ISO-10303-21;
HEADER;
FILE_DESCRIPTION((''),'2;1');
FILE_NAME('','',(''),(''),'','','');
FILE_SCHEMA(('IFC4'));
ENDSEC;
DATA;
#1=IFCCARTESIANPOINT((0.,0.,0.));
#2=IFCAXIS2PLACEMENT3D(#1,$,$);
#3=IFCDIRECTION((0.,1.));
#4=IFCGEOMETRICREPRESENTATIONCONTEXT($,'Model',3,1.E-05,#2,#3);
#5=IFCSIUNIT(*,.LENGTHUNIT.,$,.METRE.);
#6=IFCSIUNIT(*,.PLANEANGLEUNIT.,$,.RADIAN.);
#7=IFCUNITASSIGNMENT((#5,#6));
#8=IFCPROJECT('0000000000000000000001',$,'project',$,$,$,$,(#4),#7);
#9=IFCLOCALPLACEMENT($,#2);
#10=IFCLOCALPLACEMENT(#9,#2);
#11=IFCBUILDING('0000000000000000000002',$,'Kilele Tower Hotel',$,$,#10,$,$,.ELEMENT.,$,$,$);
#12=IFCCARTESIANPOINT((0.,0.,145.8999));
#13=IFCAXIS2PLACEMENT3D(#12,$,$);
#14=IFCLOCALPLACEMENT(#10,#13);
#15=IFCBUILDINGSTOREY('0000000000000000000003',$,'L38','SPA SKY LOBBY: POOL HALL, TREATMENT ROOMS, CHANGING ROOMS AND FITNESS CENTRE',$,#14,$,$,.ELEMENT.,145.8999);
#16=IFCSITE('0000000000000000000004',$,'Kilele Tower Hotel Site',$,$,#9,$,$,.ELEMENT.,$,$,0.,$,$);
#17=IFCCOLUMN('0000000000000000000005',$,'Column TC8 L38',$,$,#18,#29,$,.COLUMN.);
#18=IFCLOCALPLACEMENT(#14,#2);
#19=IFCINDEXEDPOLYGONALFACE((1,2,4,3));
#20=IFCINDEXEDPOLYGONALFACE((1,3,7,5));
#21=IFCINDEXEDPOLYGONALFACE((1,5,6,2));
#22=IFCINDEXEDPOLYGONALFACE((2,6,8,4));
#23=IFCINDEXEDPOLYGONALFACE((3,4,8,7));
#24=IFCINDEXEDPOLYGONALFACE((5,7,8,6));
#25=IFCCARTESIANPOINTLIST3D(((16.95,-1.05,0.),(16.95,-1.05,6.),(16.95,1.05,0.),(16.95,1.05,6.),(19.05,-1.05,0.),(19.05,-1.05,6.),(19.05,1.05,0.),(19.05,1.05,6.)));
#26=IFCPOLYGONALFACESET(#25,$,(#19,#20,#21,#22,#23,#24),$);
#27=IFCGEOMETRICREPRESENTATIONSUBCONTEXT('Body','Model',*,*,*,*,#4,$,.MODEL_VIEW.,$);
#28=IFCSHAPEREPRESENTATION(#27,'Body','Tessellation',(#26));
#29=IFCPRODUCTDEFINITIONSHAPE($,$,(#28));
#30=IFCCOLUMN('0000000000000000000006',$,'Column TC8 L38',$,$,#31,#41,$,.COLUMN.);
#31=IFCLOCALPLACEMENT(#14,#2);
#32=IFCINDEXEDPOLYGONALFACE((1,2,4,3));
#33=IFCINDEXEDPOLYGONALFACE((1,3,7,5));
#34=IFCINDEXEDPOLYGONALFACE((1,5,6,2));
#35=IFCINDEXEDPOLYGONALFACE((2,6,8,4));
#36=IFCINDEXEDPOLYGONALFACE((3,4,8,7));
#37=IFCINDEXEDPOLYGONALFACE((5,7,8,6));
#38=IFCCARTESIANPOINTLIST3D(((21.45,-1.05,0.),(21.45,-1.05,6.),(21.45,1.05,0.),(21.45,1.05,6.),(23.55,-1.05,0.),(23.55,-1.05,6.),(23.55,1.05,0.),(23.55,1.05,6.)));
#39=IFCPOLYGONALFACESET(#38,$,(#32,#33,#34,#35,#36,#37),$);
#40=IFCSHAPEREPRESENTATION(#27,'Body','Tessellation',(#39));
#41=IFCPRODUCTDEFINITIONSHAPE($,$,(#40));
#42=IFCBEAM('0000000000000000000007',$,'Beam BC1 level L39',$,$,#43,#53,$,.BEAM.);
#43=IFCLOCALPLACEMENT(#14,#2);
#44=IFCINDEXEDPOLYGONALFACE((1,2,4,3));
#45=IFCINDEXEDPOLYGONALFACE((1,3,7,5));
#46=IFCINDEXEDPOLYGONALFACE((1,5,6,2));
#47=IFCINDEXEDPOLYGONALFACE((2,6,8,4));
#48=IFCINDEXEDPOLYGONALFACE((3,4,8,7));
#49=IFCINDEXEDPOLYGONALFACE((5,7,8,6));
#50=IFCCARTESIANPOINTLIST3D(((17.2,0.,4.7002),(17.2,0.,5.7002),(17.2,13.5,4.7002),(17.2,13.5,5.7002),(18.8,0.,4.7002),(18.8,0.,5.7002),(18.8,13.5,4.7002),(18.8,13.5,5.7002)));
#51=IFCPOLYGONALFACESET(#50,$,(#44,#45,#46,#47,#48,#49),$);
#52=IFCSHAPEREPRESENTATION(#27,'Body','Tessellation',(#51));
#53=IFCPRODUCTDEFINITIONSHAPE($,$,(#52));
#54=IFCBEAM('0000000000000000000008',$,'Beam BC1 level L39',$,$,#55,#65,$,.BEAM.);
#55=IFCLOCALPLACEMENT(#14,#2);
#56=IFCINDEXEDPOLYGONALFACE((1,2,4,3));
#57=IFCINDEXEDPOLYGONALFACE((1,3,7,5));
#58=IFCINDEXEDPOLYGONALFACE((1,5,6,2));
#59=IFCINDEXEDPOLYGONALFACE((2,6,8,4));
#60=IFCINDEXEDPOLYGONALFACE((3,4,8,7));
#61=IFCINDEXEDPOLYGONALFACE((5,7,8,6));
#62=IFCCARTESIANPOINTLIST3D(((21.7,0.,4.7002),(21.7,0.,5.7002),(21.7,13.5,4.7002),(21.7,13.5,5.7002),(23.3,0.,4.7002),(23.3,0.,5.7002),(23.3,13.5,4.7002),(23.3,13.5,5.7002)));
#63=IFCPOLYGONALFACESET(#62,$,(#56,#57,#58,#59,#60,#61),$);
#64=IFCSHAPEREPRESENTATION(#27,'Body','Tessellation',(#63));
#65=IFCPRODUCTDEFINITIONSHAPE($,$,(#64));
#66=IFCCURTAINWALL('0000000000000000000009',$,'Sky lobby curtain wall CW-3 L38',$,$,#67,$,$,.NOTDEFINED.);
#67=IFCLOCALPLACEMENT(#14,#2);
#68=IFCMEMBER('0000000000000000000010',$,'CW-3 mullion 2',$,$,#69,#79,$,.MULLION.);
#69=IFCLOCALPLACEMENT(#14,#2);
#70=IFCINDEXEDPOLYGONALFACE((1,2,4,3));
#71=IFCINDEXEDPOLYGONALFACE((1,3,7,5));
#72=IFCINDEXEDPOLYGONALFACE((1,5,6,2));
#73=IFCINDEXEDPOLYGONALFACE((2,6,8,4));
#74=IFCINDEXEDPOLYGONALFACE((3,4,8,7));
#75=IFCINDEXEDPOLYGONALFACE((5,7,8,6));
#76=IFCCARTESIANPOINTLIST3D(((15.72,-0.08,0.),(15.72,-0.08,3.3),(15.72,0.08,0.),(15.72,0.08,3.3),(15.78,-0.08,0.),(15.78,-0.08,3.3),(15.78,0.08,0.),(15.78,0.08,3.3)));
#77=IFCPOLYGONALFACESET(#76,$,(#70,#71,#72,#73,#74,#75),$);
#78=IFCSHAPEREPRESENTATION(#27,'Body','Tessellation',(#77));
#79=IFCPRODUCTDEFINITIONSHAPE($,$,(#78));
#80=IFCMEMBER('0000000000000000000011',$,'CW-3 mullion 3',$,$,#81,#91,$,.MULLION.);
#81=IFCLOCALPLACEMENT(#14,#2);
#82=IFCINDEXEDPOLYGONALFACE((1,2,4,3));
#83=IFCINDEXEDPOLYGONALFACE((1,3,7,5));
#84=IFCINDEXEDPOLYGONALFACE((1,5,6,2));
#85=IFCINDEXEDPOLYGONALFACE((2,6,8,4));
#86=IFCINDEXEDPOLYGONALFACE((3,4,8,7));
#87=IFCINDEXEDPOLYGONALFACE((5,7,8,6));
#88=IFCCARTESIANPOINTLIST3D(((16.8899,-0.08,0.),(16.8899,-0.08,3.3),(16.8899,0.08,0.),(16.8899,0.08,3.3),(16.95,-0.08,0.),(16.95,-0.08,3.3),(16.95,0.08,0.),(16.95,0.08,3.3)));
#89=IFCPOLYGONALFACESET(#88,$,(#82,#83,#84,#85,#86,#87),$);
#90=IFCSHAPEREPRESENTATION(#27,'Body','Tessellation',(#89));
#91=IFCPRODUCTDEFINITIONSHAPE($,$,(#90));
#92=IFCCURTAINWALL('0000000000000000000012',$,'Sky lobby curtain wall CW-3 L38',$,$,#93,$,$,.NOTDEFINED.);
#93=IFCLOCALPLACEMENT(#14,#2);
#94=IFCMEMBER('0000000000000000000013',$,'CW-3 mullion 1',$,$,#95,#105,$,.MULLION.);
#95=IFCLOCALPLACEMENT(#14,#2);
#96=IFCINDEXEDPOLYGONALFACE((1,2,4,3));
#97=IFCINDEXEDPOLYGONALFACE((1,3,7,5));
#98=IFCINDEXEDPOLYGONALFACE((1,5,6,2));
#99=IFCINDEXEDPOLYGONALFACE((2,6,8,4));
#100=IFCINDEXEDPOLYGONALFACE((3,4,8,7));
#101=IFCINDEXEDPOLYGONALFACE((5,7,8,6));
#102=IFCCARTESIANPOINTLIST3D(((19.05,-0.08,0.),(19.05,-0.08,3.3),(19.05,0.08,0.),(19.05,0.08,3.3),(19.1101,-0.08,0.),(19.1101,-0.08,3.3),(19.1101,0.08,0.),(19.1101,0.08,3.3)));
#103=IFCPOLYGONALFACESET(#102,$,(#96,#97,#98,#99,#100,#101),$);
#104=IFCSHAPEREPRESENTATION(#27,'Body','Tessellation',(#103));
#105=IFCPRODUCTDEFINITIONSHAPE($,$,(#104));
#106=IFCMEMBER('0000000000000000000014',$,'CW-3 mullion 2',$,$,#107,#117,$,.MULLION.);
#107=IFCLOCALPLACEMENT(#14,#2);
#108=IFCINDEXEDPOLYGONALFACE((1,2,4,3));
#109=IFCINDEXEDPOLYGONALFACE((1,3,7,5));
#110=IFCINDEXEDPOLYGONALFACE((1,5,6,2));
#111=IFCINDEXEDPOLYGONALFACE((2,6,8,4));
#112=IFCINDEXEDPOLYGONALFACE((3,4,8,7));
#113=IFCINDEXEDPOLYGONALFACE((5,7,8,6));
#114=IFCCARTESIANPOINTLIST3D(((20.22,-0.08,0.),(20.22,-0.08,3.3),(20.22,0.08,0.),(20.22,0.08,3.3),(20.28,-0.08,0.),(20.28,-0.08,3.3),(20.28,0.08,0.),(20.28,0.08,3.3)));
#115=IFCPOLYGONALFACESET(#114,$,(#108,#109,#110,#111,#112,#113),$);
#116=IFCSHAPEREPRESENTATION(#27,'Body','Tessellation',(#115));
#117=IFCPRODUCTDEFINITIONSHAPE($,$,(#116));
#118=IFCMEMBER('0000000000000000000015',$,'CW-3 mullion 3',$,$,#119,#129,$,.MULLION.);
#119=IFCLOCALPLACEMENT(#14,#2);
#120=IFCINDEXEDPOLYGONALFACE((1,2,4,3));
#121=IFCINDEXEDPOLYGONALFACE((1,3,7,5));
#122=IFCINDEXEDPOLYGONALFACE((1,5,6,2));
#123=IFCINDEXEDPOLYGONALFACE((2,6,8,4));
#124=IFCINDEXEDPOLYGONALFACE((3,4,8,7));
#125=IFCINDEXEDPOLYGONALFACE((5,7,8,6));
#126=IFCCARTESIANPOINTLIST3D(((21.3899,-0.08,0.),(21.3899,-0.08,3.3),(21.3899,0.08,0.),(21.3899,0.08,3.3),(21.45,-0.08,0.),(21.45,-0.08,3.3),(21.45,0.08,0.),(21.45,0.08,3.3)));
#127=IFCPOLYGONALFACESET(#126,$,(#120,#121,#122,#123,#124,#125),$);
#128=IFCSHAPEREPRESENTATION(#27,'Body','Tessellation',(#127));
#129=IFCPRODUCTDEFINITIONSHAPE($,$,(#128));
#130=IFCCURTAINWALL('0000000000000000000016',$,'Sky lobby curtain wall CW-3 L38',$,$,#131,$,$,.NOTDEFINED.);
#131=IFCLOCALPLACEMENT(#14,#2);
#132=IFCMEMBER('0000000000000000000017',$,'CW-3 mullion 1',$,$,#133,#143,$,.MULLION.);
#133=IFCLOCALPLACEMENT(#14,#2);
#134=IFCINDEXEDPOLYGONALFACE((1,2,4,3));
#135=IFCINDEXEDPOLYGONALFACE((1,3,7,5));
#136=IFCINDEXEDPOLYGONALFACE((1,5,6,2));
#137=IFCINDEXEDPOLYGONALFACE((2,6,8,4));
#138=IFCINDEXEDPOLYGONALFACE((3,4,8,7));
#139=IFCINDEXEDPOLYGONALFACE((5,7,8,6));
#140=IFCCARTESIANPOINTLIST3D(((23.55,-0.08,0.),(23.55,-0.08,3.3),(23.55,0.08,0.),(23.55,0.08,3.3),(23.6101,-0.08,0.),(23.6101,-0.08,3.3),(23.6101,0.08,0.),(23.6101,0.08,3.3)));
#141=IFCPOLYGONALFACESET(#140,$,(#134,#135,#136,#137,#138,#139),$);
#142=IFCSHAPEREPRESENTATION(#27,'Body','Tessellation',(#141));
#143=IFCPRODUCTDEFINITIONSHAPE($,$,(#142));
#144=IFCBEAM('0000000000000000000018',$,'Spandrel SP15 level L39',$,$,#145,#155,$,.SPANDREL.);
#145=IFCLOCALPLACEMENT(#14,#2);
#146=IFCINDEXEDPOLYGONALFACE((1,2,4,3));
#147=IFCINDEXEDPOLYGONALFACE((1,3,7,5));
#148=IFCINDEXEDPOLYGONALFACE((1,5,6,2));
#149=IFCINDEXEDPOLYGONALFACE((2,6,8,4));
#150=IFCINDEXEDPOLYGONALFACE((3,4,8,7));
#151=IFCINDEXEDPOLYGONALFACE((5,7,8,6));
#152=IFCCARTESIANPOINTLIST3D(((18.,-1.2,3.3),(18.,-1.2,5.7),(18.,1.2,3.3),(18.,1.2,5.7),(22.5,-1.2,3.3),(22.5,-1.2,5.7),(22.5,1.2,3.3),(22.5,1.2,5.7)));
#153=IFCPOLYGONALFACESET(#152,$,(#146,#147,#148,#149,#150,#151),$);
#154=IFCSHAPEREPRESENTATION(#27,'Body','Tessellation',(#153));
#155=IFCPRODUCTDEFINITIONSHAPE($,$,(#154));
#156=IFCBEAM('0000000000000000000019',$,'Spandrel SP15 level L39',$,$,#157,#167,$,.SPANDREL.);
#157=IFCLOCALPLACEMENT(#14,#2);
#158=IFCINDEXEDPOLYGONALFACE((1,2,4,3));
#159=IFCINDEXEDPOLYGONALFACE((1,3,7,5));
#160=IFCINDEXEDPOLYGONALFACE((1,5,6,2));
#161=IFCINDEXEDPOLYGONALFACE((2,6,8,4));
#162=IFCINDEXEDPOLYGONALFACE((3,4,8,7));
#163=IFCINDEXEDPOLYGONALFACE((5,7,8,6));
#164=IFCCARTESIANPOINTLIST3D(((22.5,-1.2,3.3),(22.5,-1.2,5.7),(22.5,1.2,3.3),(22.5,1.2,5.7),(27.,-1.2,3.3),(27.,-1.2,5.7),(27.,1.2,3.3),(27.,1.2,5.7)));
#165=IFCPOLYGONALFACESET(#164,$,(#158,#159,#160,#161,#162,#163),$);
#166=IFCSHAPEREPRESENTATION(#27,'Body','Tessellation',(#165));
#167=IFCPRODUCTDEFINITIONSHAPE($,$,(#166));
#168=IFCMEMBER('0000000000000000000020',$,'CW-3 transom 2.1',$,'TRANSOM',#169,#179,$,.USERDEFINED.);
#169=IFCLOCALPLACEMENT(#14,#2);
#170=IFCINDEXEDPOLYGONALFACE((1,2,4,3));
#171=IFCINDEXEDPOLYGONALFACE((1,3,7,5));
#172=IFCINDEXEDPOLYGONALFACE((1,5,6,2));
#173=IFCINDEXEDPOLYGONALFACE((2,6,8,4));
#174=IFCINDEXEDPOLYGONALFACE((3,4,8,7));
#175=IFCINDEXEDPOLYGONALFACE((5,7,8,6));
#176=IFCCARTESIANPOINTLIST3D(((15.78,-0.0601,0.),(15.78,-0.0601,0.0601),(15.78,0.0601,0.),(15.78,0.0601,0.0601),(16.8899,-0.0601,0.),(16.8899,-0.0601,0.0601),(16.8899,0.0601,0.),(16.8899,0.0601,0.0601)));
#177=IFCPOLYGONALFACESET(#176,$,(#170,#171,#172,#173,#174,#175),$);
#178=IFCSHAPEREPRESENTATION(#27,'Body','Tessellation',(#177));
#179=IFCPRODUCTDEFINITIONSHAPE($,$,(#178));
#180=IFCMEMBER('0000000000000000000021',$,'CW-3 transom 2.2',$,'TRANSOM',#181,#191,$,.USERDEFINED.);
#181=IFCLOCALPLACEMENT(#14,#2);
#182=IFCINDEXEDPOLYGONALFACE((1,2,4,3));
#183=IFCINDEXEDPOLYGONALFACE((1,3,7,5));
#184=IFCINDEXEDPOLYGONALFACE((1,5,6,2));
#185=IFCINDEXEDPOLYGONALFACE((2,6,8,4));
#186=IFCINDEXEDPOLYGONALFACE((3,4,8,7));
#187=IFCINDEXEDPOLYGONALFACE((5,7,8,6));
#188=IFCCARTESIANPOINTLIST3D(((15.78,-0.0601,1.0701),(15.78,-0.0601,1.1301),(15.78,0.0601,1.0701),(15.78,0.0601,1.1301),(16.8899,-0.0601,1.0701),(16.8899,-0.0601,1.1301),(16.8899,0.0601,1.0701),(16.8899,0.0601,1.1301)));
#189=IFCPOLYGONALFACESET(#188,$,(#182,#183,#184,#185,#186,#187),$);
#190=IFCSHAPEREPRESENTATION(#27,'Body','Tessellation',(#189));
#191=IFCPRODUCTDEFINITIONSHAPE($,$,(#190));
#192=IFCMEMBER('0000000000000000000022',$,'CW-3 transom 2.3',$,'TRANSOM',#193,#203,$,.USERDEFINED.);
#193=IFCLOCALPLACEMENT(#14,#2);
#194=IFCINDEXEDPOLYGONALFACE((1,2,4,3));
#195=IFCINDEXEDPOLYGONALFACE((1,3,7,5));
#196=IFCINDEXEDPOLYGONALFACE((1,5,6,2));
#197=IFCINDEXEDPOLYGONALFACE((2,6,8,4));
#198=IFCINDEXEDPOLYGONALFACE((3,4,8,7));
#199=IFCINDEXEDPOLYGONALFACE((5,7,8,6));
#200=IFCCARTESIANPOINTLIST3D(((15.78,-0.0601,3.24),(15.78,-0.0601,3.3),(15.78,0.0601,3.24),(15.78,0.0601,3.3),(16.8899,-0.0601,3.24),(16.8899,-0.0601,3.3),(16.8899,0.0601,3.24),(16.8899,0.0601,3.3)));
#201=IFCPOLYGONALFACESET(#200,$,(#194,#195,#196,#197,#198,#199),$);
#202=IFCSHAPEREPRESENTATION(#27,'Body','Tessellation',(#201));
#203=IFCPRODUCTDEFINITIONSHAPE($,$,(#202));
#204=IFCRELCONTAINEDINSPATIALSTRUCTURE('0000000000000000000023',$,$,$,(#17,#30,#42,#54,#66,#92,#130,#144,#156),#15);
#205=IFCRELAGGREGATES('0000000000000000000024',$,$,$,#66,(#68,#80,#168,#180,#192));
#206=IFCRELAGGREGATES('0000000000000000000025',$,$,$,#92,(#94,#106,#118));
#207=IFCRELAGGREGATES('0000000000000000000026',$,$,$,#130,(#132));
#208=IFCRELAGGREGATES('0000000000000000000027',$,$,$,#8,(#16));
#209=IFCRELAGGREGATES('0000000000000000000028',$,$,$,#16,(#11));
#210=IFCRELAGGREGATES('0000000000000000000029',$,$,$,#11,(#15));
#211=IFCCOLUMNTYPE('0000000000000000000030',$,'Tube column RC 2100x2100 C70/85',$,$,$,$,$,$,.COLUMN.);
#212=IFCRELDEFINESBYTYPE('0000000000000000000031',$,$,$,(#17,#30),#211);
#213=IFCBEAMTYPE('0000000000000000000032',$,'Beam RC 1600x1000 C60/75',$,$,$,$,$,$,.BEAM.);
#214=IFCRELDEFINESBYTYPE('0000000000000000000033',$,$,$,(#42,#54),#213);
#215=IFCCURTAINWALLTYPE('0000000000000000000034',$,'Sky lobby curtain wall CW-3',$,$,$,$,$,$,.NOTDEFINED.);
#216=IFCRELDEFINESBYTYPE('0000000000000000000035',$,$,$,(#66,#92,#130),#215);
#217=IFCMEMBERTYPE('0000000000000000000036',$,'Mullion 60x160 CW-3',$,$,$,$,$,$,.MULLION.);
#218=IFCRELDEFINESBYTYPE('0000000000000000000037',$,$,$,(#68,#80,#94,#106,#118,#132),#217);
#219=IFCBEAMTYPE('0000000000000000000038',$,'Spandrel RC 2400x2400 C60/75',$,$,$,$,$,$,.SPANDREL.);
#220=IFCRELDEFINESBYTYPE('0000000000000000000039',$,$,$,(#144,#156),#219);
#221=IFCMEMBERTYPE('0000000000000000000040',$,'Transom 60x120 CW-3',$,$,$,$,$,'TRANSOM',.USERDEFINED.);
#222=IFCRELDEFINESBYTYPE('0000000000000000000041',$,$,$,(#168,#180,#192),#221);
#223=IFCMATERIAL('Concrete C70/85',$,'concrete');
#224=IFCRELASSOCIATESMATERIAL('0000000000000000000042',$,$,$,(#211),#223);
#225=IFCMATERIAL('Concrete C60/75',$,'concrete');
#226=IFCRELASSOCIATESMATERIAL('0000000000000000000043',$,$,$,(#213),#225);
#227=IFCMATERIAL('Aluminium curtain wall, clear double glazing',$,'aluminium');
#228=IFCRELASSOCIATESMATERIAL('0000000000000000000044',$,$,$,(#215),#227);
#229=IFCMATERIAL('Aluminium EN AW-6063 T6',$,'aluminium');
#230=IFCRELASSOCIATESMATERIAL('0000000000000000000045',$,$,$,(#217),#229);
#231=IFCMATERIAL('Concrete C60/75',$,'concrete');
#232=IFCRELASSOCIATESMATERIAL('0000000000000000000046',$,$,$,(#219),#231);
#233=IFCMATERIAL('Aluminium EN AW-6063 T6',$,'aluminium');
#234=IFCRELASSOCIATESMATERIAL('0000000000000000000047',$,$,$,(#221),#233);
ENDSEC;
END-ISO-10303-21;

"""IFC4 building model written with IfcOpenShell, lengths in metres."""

from ifc_helpers import new_model, si_unit, direction, frame, origin, origin_2d, place, context, subcontext, project, spatial, rectangle, extrude, material, material_profile, profile_set, type_object, element, aggregate, save


model = new_model("IFC4")

# Units and contexts
model_context = context("Model", 3, precision=1e-05, world=origin(), true_north=direction((0.0, 1.0)))
body_context = subcontext(model_context, "Body", "Model", "MODEL_VIEW")
ifc_project = project(units=[si_unit("LENGTHUNIT", "METRE"), si_unit("PLANEANGLEUNIT", "RADIAN")], contexts=[model_context])

# Site, building, storey
site_placement = place(None, origin())
site = spatial("IfcSite", under=ifc_project, at=site_placement, Name="Kilele Tower Hotel Site", CompositionType="ELEMENT", RefElevation=0.0)
building_placement = place(site_placement, origin())
building = spatial("IfcBuilding", under=site, at=building_placement, Name="Kilele Tower Hotel", CompositionType="ELEMENT")
storey_placement = place(building_placement, frame((0.0, 0.0, 145.8999)))
storey = spatial("IfcBuildingStorey", under=building, at=storey_placement, Name="L38", Description="SPA SKY LOBBY: POOL HALL, TREATMENT ROOMS, CHANGING ROOMS AND FITNESS CENTRE", CompositionType="ELEMENT", Elevation=145.8999)

# Columns
ifc_material_1 = material(Name="Concrete C70/85", Category="concrete")
ifc_material_profile_1 = material_profile(ifc_material_1, rectangle(XDim=2.1001, YDim=2.1001, at=origin_2d()))
ifc_profile_set_1 = profile_set([ifc_material_profile_1], Name="Concrete C70/85")
column_type = type_object("IfcColumnType", Name="Tube column RC 2100x2100 C70/85", PredefinedType="COLUMN", material=ifc_profile_set_1)
for number, where, z_axis, x_axis, name in (
    (1, (18.0, 0.0, 0.0), (0.0, 0.0, 1.0), (1.0, 0.0, 0.0), "Column TC8 L38"),
    (2, (22.5, 0.0, 0.0), (0.0, 0.0, 1.0), (1.0, 0.0, 0.0), "Column TC8 L38"),
):
    element("IfcColumn", number, at=place(storey_placement, frame(where, z_axis=z_axis, x_axis=x_axis)), inside=storey, type_object=column_type, Name=name, PredefinedType="COLUMN", context=body_context, shape_type="SweptSolid", body=[
        extrude(rectangle(XDim=2.1001, YDim=2.1001, at=origin_2d()), origin(), (0.0, 0.0, 1.0), 6.0),
    ])

# Beams
ifc_material_2 = material(Name="Concrete C60/75", Category="concrete")
ifc_material_profile_2 = material_profile(ifc_material_2, rectangle(XDim=1.6001, YDim=1.0, at=origin_2d()))
ifc_profile_set_2 = profile_set([ifc_material_profile_2], Name="Concrete C60/75")
beam_type_1 = type_object("IfcBeamType", Name="Beam RC 1600x1000 C60/75", PredefinedType="BEAM", material=ifc_profile_set_2)
for number, where, z_axis, x_axis, name in (
    (3, (18.0, 0.0, 5.2002), (0.0, 1.0, 0.0), (-1.0, 0.0, 0.0), "Beam BC1 level L39"),
    (4, (22.5, 0.0, 5.2002), (0.0, 1.0, 0.0), (-1.0, 0.0, 0.0), "Beam BC1 level L39"),
):
    element("IfcBeam", number, at=place(storey_placement, frame(where, z_axis=z_axis, x_axis=x_axis)), inside=storey, type_object=beam_type_1, Name=name, PredefinedType="BEAM", context=body_context, shape_type="SweptSolid", body=[
        extrude(rectangle(XDim=1.6001, YDim=1.0, at=origin_2d()), origin(), (0.0, 0.0, 1.0), 13.5),
    ])

# Curtain walls, members
ifc_material_3 = material(Name="Aluminium curtain wall, clear double glazing", Category="aluminium")
curtain_wall_type = type_object("IfcCurtainWallType", Name="Sky lobby curtain wall CW-3", PredefinedType="NOTDEFINED", material=ifc_material_3)
curtain_wall_1_placement = place(storey_placement, origin())
curtain_wall_1 = element("IfcCurtainWall", 5, at=curtain_wall_1_placement, inside=storey, type_object=curtain_wall_type, Name="Sky lobby curtain wall CW-3 L38", PredefinedType="NOTDEFINED")
ifc_material_4 = material(Name="Aluminium EN AW-6063 T6", Category="aluminium")
ifc_material_profile_3 = material_profile(ifc_material_4, rectangle(XDim=0.1599, YDim=0.0601, at=origin_2d()))
ifc_profile_set_3 = profile_set([ifc_material_profile_3], Name="Aluminium EN AW-6063 T6")
member_type_1 = type_object("IfcMemberType", Name="Mullion 60x160 CW-3", PredefinedType="MULLION", material=ifc_profile_set_3)
member_1_placement = place(storey_placement, frame((15.75, 0.0, 0.0), z_axis=(0.0, 0.0, 1.0), x_axis=(0.0, 1.0, 0.0)))
member_1 = element("IfcMember", 6, at=member_1_placement, type_object=member_type_1, Name="CW-3 mullion 2", PredefinedType="MULLION", context=body_context, shape_type="SweptSolid", body=[
    extrude(rectangle(XDim=0.1599, YDim=0.0601, at=origin_2d()), origin(), (0.0, 0.0, 1.0), 3.3),
])
member_2_placement = place(storey_placement, frame((16.9199, 0.0, 0.0), z_axis=(0.0, 0.0, 1.0), x_axis=(0.0, 1.0, 0.0)))
member_2 = element("IfcMember", 7, at=member_2_placement, type_object=member_type_1, Name="CW-3 mullion 3", PredefinedType="MULLION", context=body_context, shape_type="SweptSolid", body=[
    extrude(rectangle(XDim=0.1599, YDim=0.0601, at=origin_2d()), origin(), (0.0, 0.0, 1.0), 3.3),
])
curtain_wall_2_placement = place(storey_placement, origin())
curtain_wall_2 = element("IfcCurtainWall", 8, at=curtain_wall_2_placement, inside=storey, type_object=curtain_wall_type, Name="Sky lobby curtain wall CW-3 L38", PredefinedType="NOTDEFINED")
member_3_placement = place(storey_placement, frame((19.0801, 0.0, 0.0), z_axis=(0.0, 0.0, 1.0), x_axis=(0.0, 1.0, 0.0)))
member_3 = element("IfcMember", 9, at=member_3_placement, type_object=member_type_1, Name="CW-3 mullion 1", PredefinedType="MULLION", context=body_context, shape_type="SweptSolid", body=[
    extrude(rectangle(XDim=0.1599, YDim=0.0601, at=origin_2d()), origin(), (0.0, 0.0, 1.0), 3.3),
])
member_4_placement = place(storey_placement, frame((20.25, 0.0, 0.0), z_axis=(0.0, 0.0, 1.0), x_axis=(0.0, 1.0, 0.0)))
member_4 = element("IfcMember", 10, at=member_4_placement, type_object=member_type_1, Name="CW-3 mullion 2", PredefinedType="MULLION", context=body_context, shape_type="SweptSolid", body=[
    extrude(rectangle(XDim=0.1599, YDim=0.0601, at=origin_2d()), origin(), (0.0, 0.0, 1.0), 3.3),
])
member_5_placement = place(storey_placement, frame((21.4199, 0.0, 0.0), z_axis=(0.0, 0.0, 1.0), x_axis=(0.0, 1.0, 0.0)))
member_5 = element("IfcMember", 11, at=member_5_placement, type_object=member_type_1, Name="CW-3 mullion 3", PredefinedType="MULLION", context=body_context, shape_type="SweptSolid", body=[
    extrude(rectangle(XDim=0.1599, YDim=0.0601, at=origin_2d()), origin(), (0.0, 0.0, 1.0), 3.3),
])

# Curtain wall, member
curtain_wall_3_placement = place(storey_placement, origin())
curtain_wall_3 = element("IfcCurtainWall", 12, at=curtain_wall_3_placement, inside=storey, type_object=curtain_wall_type, Name="Sky lobby curtain wall CW-3 L38", PredefinedType="NOTDEFINED")
member_6_placement = place(storey_placement, frame((23.5801, 0.0, 0.0), z_axis=(0.0, 0.0, 1.0), x_axis=(0.0, 1.0, 0.0)))
member_6 = element("IfcMember", 13, at=member_6_placement, type_object=member_type_1, Name="CW-3 mullion 1", PredefinedType="MULLION", context=body_context, shape_type="SweptSolid", body=[
    extrude(rectangle(XDim=0.1599, YDim=0.0601, at=origin_2d()), origin(), (0.0, 0.0, 1.0), 3.3),
])

# Beams
ifc_material_5 = material(Name="Concrete C60/75", Category="concrete")
ifc_material_profile_4 = material_profile(ifc_material_5, rectangle(XDim=2.3999, YDim=2.3999, at=origin_2d()))
ifc_profile_set_4 = profile_set([ifc_material_profile_4], Name="Concrete C60/75")
beam_type_2 = type_object("IfcBeamType", Name="Spandrel RC 2400x2400 C60/75", PredefinedType="SPANDREL", material=ifc_profile_set_4)
for number, where, z_axis, x_axis, name in (
    (14, (18.0, 0.0, 4.5), (1.0, 0.0, 0.0), (0.0, 1.0, 0.0), "Spandrel SP15 level L39"),
    (15, (22.5, 0.0, 4.5), (1.0, 0.0, 0.0), (0.0, 1.0, 0.0), "Spandrel SP15 level L39"),
):
    element("IfcBeam", number, at=place(storey_placement, frame(where, z_axis=z_axis, x_axis=x_axis)), inside=storey, type_object=beam_type_2, Name=name, PredefinedType="SPANDREL", context=body_context, shape_type="SweptSolid", body=[
        extrude(rectangle(XDim=2.3999, YDim=2.3999, at=origin_2d()), origin(), (0.0, 0.0, 1.0), 4.5),
    ])

# Members
ifc_material_6 = material(Name="Aluminium EN AW-6063 T6", Category="aluminium")
ifc_material_profile_5 = material_profile(ifc_material_6, rectangle(XDim=0.1201, YDim=0.0601, at=origin_2d()))
ifc_profile_set_5 = profile_set([ifc_material_profile_5], Name="Aluminium EN AW-6063 T6")
member_type_2 = type_object("IfcMemberType", Name="Transom 60x120 CW-3", ElementType="TRANSOM", PredefinedType="USERDEFINED", material=ifc_profile_set_5)
member_7_placement = place(storey_placement, frame((15.78, 0.0, 0.03), z_axis=(1.0, 0.0, 0.0), x_axis=(0.0, 1.0, 0.0)))
member_7 = element("IfcMember", 16, at=member_7_placement, type_object=member_type_2, Name="CW-3 transom 2.1", ObjectType="TRANSOM", PredefinedType="USERDEFINED", context=body_context, shape_type="SweptSolid", body=[
    extrude(rectangle(XDim=0.1201, YDim=0.0601, at=origin_2d()), origin(), (0.0, 0.0, 1.0), 1.1099),
])
member_8_placement = place(storey_placement, frame((15.78, 0.0, 1.1001), z_axis=(1.0, 0.0, 0.0), x_axis=(0.0, 1.0, 0.0)))
member_8 = element("IfcMember", 17, at=member_8_placement, type_object=member_type_2, Name="CW-3 transom 2.2", ObjectType="TRANSOM", PredefinedType="USERDEFINED", context=body_context, shape_type="SweptSolid", body=[
    extrude(rectangle(XDim=0.1201, YDim=0.0601, at=origin_2d()), origin(), (0.0, 0.0, 1.0), 1.1099),
])
member_9_placement = place(storey_placement, frame((15.78, 0.0, 3.27), z_axis=(1.0, 0.0, 0.0), x_axis=(0.0, 1.0, 0.0)))
member_9 = element("IfcMember", 18, at=member_9_placement, type_object=member_type_2, Name="CW-3 transom 2.3", ObjectType="TRANSOM", PredefinedType="USERDEFINED", context=body_context, shape_type="SweptSolid", body=[
    extrude(rectangle(XDim=0.1201, YDim=0.0601, at=origin_2d()), origin(), (0.0, 0.0, 1.0), 1.1099),
])

aggregate(curtain_wall_1, [member_1, member_2, member_7, member_8, member_9])
aggregate(curtain_wall_2, [member_3, member_4, member_5])
aggregate(curtain_wall_3, [member_6])

save(model, "model.ifc")
